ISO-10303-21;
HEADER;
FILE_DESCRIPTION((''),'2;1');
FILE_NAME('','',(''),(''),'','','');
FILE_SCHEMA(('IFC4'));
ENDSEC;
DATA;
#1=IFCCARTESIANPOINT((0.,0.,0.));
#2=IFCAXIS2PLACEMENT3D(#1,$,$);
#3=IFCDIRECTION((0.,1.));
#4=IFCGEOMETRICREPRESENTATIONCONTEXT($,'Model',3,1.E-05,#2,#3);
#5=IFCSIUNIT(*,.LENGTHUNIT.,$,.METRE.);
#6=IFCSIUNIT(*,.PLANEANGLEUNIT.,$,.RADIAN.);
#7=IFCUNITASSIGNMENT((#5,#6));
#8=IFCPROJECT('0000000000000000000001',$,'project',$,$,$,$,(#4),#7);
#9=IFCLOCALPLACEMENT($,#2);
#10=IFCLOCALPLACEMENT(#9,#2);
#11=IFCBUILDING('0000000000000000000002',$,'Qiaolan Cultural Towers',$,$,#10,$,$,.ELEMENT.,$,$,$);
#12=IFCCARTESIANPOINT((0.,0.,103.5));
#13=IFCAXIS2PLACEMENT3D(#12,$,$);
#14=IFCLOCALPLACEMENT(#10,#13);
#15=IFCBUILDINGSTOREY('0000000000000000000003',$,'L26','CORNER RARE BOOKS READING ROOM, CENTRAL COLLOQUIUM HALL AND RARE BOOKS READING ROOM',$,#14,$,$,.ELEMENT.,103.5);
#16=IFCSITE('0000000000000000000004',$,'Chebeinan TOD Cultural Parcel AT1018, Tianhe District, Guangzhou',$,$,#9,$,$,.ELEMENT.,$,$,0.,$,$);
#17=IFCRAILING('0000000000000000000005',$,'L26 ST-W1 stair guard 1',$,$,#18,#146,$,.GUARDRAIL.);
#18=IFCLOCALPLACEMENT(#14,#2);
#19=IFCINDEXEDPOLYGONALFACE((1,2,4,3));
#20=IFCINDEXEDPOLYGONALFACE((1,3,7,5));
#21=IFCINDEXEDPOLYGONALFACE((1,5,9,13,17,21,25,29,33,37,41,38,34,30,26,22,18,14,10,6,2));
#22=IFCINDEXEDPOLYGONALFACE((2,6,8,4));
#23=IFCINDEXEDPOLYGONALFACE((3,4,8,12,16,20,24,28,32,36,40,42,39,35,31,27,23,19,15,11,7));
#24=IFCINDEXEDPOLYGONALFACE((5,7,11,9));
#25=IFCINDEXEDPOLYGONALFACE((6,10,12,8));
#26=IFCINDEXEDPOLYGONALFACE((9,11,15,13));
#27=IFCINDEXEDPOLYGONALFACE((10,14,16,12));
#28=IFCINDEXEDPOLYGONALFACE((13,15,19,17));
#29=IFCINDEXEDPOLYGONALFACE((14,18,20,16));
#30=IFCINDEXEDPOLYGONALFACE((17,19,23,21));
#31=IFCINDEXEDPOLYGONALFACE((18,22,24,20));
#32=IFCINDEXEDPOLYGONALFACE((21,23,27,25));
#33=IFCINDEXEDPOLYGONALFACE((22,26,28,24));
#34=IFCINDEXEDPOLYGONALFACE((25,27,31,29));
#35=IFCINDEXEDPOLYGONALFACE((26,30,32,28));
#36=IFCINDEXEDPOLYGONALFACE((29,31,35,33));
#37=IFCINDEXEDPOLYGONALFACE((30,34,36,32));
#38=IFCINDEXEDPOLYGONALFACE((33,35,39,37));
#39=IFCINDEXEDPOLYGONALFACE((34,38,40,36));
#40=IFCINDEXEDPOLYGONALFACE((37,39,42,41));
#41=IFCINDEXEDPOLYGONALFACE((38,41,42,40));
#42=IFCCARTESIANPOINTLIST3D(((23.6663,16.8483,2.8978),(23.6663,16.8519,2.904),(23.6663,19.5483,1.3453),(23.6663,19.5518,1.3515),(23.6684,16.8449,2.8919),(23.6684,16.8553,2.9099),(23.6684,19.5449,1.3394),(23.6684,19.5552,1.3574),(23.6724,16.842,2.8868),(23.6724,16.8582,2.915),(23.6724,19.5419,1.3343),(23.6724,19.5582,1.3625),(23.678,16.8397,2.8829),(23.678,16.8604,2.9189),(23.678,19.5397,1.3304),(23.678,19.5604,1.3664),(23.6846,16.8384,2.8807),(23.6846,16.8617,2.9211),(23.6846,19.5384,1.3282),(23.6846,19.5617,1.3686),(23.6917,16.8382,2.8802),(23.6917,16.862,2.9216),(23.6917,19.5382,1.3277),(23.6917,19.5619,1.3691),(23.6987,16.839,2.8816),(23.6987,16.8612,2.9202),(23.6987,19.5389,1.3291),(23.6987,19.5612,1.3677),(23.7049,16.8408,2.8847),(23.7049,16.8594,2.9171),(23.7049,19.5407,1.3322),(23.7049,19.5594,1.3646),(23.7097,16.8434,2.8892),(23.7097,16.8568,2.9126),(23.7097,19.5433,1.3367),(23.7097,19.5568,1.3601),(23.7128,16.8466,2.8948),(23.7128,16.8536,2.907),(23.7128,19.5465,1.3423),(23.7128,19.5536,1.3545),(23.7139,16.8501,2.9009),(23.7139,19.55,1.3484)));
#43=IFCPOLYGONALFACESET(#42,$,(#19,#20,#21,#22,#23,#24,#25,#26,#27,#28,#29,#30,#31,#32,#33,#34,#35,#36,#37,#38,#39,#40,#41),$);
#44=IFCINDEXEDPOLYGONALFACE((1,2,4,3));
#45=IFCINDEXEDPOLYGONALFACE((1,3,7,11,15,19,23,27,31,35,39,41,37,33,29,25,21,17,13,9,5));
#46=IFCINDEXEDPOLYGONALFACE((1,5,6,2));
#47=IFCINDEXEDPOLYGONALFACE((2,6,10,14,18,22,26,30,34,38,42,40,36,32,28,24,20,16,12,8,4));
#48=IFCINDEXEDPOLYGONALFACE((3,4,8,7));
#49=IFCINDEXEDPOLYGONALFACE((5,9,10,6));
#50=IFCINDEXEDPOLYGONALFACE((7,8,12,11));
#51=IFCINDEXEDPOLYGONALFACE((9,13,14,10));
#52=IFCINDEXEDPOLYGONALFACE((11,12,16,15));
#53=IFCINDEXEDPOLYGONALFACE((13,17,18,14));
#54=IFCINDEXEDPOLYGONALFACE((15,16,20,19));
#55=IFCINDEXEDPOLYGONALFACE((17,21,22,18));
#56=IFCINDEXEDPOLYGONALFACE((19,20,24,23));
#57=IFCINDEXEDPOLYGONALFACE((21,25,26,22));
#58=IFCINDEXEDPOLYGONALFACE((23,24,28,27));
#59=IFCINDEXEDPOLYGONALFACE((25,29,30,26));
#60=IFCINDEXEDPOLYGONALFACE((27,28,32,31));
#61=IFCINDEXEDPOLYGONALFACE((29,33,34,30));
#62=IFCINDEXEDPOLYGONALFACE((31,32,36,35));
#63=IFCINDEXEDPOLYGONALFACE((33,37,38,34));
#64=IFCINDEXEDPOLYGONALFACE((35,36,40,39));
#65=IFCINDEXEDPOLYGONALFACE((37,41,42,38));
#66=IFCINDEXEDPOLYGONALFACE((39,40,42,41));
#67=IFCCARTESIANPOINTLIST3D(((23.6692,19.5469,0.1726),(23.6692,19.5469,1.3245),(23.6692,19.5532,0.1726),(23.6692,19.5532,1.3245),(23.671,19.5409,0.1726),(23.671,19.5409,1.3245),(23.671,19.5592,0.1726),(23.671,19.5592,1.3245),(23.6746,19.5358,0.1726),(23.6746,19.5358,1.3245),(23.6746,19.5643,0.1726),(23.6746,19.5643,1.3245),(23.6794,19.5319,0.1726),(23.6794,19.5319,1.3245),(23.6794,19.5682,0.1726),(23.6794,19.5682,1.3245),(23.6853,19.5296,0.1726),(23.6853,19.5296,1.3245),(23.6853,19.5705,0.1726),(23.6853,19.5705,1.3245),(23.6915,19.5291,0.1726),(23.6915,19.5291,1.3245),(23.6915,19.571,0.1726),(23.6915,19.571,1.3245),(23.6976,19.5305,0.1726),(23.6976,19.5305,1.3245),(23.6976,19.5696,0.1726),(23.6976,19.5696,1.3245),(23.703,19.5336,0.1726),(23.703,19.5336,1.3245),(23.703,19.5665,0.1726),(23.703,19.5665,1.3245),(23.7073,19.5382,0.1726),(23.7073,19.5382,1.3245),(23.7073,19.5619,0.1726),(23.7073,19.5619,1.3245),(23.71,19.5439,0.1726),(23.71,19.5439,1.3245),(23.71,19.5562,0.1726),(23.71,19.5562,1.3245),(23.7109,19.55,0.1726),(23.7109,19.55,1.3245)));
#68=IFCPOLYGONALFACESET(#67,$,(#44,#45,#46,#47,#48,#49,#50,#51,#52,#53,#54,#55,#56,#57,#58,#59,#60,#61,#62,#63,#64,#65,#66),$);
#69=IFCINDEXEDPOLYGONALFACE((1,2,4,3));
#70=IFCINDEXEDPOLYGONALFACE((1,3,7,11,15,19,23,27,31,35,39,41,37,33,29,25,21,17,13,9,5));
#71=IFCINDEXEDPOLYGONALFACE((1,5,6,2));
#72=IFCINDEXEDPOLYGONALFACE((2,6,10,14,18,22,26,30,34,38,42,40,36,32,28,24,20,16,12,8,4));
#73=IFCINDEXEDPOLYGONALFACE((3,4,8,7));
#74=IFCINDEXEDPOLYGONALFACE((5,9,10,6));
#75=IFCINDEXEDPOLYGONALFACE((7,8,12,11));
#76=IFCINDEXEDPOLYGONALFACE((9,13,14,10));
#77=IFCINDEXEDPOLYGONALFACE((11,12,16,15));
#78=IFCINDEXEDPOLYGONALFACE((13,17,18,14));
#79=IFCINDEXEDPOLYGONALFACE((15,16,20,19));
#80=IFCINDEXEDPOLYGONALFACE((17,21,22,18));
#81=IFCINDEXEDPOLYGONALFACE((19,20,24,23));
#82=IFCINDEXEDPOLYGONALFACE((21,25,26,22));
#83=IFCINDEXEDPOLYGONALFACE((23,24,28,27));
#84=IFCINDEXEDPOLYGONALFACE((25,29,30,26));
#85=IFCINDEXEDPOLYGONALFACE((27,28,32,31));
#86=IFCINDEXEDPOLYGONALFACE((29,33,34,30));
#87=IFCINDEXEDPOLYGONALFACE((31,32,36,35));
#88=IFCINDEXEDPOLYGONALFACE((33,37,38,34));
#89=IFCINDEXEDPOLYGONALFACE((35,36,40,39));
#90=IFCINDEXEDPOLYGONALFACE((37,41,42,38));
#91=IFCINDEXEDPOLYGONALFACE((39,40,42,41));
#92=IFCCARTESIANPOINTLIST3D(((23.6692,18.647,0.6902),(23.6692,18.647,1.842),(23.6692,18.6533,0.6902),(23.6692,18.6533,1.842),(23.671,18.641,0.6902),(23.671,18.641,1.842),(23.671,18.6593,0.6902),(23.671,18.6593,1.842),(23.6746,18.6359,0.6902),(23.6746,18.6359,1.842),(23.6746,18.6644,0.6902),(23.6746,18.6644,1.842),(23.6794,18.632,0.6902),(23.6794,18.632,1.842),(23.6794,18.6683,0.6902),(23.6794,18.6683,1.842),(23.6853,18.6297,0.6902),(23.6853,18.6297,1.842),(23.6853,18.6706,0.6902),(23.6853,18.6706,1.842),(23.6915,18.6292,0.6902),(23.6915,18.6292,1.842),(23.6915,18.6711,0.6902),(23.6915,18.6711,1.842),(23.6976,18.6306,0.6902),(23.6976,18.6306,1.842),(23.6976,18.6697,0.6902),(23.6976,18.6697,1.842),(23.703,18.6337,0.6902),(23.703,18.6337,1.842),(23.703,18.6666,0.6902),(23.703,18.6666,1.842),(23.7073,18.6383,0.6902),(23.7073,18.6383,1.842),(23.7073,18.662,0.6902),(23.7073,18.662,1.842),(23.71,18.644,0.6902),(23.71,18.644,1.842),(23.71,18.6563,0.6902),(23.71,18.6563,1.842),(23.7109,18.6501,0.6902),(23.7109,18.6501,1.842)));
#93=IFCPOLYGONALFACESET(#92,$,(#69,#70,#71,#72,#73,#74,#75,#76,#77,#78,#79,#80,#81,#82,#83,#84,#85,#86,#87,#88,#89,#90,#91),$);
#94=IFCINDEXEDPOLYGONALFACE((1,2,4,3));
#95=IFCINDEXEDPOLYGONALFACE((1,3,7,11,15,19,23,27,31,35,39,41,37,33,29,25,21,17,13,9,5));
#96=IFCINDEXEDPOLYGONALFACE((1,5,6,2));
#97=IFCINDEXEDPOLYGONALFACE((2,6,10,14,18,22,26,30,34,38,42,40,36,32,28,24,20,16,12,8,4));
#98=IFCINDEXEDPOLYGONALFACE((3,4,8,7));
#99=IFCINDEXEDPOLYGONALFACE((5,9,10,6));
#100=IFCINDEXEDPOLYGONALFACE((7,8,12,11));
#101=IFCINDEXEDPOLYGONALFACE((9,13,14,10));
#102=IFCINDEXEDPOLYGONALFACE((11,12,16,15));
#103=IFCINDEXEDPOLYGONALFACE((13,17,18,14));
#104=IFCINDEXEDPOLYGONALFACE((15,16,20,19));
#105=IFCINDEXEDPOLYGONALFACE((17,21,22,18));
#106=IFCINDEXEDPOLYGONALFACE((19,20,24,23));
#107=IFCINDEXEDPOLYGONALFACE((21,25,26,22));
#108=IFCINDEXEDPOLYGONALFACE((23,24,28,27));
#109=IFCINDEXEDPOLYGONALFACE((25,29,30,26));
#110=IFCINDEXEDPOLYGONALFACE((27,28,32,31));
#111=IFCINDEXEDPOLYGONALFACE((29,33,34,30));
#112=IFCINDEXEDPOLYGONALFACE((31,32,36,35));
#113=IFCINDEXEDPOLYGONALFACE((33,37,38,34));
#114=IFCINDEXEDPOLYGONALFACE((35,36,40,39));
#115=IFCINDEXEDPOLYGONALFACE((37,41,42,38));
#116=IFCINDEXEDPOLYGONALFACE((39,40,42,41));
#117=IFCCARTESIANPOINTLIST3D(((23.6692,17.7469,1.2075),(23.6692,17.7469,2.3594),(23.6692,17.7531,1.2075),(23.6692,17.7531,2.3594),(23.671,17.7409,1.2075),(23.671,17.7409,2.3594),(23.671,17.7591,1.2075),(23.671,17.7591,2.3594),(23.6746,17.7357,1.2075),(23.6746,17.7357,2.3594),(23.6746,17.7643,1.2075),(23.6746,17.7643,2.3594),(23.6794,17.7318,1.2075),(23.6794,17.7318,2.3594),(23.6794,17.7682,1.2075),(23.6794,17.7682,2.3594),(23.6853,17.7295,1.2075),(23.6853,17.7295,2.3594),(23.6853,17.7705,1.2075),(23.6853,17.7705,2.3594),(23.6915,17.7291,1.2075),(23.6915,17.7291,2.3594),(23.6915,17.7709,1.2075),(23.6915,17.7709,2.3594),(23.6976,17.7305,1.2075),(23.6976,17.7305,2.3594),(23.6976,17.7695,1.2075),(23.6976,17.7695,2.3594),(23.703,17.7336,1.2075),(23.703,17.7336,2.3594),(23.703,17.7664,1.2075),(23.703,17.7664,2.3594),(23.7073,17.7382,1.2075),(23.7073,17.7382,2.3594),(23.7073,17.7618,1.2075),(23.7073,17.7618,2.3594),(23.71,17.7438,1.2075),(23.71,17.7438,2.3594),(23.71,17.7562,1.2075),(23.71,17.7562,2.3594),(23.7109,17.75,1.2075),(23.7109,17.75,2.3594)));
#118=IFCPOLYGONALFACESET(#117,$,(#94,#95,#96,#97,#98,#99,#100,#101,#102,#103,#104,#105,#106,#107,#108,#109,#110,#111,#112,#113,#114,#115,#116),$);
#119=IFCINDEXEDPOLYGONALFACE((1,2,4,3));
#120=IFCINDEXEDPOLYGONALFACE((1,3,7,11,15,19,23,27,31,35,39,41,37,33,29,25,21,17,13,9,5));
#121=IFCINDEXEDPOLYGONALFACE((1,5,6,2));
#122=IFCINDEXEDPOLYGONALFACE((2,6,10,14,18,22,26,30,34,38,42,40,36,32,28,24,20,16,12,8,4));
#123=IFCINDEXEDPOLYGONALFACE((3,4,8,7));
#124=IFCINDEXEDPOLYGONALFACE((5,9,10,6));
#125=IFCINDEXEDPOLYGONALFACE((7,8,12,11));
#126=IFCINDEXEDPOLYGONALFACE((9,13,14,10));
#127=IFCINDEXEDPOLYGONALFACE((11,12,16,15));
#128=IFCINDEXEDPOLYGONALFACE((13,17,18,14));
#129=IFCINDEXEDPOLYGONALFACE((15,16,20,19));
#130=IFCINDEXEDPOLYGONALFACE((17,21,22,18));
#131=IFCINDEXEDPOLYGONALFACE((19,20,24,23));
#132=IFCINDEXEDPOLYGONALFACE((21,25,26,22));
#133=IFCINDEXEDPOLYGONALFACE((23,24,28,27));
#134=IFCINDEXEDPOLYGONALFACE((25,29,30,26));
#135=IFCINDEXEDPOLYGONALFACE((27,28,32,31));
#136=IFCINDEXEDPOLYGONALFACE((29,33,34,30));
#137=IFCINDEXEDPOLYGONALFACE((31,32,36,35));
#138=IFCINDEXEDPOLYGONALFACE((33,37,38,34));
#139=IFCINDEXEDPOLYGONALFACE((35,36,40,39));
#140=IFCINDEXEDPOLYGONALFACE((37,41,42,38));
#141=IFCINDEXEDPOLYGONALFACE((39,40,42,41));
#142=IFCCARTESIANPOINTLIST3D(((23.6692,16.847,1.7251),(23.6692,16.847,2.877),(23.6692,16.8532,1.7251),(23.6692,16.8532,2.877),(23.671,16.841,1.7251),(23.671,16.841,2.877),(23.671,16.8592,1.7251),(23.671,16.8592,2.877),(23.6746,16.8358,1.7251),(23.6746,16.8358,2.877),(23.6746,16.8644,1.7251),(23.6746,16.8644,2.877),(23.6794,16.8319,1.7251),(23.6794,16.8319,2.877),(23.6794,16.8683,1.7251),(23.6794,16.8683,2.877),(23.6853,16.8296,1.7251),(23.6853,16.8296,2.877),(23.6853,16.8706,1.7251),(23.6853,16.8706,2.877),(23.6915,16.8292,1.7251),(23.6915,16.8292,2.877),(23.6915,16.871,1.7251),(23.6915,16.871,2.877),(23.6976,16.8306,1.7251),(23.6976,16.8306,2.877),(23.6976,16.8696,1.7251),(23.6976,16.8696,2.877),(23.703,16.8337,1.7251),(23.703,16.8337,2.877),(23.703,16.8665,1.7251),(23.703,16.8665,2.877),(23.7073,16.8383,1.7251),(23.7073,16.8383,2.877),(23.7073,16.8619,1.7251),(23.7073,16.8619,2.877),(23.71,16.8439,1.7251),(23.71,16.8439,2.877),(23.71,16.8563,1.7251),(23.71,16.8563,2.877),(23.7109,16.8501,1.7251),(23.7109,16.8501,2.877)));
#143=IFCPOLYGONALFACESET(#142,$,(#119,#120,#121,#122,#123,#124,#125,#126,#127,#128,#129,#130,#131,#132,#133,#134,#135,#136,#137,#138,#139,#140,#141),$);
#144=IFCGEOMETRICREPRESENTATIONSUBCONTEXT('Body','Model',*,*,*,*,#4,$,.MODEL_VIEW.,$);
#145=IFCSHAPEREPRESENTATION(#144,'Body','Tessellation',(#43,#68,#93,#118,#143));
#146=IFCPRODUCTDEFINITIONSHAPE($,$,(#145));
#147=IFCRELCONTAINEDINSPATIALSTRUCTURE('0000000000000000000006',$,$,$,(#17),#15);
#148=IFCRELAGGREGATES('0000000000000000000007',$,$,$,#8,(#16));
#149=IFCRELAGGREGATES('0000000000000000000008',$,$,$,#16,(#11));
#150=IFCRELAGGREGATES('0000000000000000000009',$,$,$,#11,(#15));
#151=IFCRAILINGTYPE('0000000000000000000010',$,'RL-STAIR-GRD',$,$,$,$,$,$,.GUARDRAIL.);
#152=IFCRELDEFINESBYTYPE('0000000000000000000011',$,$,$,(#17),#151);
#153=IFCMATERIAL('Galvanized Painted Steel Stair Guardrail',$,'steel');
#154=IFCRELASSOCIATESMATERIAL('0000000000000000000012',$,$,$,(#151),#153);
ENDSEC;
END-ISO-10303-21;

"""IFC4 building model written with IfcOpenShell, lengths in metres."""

from ifc_helpers import new_model, si_unit, direction, frame, origin, origin_2d, place, context, subcontext, project, spatial, circle, extrude, material, type_object, element, save


model = new_model("IFC4")

# Units and contexts
model_context = context("Model", 3, precision=1e-05, world=origin(), true_north=direction((0.0, 1.0)))
body_context = subcontext(model_context, "Body", "Model", "MODEL_VIEW")
ifc_project = project(units=[si_unit("LENGTHUNIT", "METRE"), si_unit("PLANEANGLEUNIT", "RADIAN")], contexts=[model_context])

# Site, building, storey
site_placement = place(None, origin())
site = spatial("IfcSite", under=ifc_project, at=site_placement, Name="Chebeinan TOD Cultural Parcel AT1018, Tianhe District, Guangzhou", CompositionType="ELEMENT", RefElevation=0.0)
building_placement = place(site_placement, origin())
building = spatial("IfcBuilding", under=site, at=building_placement, Name="Qiaolan Cultural Towers", CompositionType="ELEMENT")
storey_placement = place(building_placement, frame((0.0, 0.0, 103.5)))
storey = spatial("IfcBuildingStorey", under=building, at=storey_placement, Name="L26", Description="CORNER RARE BOOKS READING ROOM, CENTRAL COLLOQUIUM HALL AND RARE BOOKS READING ROOM", CompositionType="ELEMENT", Elevation=103.5)

# Railing
ifc_material_1 = material(Name="Galvanized Painted Steel Stair Guardrail", Category="steel")
railing_type_1 = type_object("IfcRailingType", Name="RL-STAIR-GRD", PredefinedType="GUARDRAIL", material=ifc_material_1)
railing_1_placement = place(storey_placement, frame((23.6899, 19.55, 0.1726)))
element("IfcRailing", 1, at=railing_1_placement, inside=storey, type_object=railing_type_1, Name="L26 ST-W1 stair guard 1", PredefinedType="GUARDRAIL", context=body_context, shape_type="SweptSolid", body=[
    extrude(circle(Radius=0.0239, at=origin_2d()), frame((0.0, 0.0, 1.1758), z_axis=(0.0, -0.866904, 0.498476), x_axis=(1.0, 0.0, 0.0)), (0.0, 0.0, 1.0), 3.1145),
    extrude(circle(Radius=0.021, at=origin_2d()), origin(), (0.0, 0.0, 1.0), 1.1519),
    extrude(circle(Radius=0.021, at=origin_2d()), frame((0.0, -0.8999, 0.5176)), (0.0, 0.0, 1.0), 1.1519),
    extrude(circle(Radius=0.021, at=origin_2d()), frame((0.0, -1.8, 1.0349)), (0.0, 0.0, 1.0), 1.1519),
    extrude(circle(Radius=0.021, at=origin_2d()), frame((0.0, -2.7, 1.5525)), (0.0, 0.0, 1.0), 1.1519),
])

save(model, "model.ifc")
